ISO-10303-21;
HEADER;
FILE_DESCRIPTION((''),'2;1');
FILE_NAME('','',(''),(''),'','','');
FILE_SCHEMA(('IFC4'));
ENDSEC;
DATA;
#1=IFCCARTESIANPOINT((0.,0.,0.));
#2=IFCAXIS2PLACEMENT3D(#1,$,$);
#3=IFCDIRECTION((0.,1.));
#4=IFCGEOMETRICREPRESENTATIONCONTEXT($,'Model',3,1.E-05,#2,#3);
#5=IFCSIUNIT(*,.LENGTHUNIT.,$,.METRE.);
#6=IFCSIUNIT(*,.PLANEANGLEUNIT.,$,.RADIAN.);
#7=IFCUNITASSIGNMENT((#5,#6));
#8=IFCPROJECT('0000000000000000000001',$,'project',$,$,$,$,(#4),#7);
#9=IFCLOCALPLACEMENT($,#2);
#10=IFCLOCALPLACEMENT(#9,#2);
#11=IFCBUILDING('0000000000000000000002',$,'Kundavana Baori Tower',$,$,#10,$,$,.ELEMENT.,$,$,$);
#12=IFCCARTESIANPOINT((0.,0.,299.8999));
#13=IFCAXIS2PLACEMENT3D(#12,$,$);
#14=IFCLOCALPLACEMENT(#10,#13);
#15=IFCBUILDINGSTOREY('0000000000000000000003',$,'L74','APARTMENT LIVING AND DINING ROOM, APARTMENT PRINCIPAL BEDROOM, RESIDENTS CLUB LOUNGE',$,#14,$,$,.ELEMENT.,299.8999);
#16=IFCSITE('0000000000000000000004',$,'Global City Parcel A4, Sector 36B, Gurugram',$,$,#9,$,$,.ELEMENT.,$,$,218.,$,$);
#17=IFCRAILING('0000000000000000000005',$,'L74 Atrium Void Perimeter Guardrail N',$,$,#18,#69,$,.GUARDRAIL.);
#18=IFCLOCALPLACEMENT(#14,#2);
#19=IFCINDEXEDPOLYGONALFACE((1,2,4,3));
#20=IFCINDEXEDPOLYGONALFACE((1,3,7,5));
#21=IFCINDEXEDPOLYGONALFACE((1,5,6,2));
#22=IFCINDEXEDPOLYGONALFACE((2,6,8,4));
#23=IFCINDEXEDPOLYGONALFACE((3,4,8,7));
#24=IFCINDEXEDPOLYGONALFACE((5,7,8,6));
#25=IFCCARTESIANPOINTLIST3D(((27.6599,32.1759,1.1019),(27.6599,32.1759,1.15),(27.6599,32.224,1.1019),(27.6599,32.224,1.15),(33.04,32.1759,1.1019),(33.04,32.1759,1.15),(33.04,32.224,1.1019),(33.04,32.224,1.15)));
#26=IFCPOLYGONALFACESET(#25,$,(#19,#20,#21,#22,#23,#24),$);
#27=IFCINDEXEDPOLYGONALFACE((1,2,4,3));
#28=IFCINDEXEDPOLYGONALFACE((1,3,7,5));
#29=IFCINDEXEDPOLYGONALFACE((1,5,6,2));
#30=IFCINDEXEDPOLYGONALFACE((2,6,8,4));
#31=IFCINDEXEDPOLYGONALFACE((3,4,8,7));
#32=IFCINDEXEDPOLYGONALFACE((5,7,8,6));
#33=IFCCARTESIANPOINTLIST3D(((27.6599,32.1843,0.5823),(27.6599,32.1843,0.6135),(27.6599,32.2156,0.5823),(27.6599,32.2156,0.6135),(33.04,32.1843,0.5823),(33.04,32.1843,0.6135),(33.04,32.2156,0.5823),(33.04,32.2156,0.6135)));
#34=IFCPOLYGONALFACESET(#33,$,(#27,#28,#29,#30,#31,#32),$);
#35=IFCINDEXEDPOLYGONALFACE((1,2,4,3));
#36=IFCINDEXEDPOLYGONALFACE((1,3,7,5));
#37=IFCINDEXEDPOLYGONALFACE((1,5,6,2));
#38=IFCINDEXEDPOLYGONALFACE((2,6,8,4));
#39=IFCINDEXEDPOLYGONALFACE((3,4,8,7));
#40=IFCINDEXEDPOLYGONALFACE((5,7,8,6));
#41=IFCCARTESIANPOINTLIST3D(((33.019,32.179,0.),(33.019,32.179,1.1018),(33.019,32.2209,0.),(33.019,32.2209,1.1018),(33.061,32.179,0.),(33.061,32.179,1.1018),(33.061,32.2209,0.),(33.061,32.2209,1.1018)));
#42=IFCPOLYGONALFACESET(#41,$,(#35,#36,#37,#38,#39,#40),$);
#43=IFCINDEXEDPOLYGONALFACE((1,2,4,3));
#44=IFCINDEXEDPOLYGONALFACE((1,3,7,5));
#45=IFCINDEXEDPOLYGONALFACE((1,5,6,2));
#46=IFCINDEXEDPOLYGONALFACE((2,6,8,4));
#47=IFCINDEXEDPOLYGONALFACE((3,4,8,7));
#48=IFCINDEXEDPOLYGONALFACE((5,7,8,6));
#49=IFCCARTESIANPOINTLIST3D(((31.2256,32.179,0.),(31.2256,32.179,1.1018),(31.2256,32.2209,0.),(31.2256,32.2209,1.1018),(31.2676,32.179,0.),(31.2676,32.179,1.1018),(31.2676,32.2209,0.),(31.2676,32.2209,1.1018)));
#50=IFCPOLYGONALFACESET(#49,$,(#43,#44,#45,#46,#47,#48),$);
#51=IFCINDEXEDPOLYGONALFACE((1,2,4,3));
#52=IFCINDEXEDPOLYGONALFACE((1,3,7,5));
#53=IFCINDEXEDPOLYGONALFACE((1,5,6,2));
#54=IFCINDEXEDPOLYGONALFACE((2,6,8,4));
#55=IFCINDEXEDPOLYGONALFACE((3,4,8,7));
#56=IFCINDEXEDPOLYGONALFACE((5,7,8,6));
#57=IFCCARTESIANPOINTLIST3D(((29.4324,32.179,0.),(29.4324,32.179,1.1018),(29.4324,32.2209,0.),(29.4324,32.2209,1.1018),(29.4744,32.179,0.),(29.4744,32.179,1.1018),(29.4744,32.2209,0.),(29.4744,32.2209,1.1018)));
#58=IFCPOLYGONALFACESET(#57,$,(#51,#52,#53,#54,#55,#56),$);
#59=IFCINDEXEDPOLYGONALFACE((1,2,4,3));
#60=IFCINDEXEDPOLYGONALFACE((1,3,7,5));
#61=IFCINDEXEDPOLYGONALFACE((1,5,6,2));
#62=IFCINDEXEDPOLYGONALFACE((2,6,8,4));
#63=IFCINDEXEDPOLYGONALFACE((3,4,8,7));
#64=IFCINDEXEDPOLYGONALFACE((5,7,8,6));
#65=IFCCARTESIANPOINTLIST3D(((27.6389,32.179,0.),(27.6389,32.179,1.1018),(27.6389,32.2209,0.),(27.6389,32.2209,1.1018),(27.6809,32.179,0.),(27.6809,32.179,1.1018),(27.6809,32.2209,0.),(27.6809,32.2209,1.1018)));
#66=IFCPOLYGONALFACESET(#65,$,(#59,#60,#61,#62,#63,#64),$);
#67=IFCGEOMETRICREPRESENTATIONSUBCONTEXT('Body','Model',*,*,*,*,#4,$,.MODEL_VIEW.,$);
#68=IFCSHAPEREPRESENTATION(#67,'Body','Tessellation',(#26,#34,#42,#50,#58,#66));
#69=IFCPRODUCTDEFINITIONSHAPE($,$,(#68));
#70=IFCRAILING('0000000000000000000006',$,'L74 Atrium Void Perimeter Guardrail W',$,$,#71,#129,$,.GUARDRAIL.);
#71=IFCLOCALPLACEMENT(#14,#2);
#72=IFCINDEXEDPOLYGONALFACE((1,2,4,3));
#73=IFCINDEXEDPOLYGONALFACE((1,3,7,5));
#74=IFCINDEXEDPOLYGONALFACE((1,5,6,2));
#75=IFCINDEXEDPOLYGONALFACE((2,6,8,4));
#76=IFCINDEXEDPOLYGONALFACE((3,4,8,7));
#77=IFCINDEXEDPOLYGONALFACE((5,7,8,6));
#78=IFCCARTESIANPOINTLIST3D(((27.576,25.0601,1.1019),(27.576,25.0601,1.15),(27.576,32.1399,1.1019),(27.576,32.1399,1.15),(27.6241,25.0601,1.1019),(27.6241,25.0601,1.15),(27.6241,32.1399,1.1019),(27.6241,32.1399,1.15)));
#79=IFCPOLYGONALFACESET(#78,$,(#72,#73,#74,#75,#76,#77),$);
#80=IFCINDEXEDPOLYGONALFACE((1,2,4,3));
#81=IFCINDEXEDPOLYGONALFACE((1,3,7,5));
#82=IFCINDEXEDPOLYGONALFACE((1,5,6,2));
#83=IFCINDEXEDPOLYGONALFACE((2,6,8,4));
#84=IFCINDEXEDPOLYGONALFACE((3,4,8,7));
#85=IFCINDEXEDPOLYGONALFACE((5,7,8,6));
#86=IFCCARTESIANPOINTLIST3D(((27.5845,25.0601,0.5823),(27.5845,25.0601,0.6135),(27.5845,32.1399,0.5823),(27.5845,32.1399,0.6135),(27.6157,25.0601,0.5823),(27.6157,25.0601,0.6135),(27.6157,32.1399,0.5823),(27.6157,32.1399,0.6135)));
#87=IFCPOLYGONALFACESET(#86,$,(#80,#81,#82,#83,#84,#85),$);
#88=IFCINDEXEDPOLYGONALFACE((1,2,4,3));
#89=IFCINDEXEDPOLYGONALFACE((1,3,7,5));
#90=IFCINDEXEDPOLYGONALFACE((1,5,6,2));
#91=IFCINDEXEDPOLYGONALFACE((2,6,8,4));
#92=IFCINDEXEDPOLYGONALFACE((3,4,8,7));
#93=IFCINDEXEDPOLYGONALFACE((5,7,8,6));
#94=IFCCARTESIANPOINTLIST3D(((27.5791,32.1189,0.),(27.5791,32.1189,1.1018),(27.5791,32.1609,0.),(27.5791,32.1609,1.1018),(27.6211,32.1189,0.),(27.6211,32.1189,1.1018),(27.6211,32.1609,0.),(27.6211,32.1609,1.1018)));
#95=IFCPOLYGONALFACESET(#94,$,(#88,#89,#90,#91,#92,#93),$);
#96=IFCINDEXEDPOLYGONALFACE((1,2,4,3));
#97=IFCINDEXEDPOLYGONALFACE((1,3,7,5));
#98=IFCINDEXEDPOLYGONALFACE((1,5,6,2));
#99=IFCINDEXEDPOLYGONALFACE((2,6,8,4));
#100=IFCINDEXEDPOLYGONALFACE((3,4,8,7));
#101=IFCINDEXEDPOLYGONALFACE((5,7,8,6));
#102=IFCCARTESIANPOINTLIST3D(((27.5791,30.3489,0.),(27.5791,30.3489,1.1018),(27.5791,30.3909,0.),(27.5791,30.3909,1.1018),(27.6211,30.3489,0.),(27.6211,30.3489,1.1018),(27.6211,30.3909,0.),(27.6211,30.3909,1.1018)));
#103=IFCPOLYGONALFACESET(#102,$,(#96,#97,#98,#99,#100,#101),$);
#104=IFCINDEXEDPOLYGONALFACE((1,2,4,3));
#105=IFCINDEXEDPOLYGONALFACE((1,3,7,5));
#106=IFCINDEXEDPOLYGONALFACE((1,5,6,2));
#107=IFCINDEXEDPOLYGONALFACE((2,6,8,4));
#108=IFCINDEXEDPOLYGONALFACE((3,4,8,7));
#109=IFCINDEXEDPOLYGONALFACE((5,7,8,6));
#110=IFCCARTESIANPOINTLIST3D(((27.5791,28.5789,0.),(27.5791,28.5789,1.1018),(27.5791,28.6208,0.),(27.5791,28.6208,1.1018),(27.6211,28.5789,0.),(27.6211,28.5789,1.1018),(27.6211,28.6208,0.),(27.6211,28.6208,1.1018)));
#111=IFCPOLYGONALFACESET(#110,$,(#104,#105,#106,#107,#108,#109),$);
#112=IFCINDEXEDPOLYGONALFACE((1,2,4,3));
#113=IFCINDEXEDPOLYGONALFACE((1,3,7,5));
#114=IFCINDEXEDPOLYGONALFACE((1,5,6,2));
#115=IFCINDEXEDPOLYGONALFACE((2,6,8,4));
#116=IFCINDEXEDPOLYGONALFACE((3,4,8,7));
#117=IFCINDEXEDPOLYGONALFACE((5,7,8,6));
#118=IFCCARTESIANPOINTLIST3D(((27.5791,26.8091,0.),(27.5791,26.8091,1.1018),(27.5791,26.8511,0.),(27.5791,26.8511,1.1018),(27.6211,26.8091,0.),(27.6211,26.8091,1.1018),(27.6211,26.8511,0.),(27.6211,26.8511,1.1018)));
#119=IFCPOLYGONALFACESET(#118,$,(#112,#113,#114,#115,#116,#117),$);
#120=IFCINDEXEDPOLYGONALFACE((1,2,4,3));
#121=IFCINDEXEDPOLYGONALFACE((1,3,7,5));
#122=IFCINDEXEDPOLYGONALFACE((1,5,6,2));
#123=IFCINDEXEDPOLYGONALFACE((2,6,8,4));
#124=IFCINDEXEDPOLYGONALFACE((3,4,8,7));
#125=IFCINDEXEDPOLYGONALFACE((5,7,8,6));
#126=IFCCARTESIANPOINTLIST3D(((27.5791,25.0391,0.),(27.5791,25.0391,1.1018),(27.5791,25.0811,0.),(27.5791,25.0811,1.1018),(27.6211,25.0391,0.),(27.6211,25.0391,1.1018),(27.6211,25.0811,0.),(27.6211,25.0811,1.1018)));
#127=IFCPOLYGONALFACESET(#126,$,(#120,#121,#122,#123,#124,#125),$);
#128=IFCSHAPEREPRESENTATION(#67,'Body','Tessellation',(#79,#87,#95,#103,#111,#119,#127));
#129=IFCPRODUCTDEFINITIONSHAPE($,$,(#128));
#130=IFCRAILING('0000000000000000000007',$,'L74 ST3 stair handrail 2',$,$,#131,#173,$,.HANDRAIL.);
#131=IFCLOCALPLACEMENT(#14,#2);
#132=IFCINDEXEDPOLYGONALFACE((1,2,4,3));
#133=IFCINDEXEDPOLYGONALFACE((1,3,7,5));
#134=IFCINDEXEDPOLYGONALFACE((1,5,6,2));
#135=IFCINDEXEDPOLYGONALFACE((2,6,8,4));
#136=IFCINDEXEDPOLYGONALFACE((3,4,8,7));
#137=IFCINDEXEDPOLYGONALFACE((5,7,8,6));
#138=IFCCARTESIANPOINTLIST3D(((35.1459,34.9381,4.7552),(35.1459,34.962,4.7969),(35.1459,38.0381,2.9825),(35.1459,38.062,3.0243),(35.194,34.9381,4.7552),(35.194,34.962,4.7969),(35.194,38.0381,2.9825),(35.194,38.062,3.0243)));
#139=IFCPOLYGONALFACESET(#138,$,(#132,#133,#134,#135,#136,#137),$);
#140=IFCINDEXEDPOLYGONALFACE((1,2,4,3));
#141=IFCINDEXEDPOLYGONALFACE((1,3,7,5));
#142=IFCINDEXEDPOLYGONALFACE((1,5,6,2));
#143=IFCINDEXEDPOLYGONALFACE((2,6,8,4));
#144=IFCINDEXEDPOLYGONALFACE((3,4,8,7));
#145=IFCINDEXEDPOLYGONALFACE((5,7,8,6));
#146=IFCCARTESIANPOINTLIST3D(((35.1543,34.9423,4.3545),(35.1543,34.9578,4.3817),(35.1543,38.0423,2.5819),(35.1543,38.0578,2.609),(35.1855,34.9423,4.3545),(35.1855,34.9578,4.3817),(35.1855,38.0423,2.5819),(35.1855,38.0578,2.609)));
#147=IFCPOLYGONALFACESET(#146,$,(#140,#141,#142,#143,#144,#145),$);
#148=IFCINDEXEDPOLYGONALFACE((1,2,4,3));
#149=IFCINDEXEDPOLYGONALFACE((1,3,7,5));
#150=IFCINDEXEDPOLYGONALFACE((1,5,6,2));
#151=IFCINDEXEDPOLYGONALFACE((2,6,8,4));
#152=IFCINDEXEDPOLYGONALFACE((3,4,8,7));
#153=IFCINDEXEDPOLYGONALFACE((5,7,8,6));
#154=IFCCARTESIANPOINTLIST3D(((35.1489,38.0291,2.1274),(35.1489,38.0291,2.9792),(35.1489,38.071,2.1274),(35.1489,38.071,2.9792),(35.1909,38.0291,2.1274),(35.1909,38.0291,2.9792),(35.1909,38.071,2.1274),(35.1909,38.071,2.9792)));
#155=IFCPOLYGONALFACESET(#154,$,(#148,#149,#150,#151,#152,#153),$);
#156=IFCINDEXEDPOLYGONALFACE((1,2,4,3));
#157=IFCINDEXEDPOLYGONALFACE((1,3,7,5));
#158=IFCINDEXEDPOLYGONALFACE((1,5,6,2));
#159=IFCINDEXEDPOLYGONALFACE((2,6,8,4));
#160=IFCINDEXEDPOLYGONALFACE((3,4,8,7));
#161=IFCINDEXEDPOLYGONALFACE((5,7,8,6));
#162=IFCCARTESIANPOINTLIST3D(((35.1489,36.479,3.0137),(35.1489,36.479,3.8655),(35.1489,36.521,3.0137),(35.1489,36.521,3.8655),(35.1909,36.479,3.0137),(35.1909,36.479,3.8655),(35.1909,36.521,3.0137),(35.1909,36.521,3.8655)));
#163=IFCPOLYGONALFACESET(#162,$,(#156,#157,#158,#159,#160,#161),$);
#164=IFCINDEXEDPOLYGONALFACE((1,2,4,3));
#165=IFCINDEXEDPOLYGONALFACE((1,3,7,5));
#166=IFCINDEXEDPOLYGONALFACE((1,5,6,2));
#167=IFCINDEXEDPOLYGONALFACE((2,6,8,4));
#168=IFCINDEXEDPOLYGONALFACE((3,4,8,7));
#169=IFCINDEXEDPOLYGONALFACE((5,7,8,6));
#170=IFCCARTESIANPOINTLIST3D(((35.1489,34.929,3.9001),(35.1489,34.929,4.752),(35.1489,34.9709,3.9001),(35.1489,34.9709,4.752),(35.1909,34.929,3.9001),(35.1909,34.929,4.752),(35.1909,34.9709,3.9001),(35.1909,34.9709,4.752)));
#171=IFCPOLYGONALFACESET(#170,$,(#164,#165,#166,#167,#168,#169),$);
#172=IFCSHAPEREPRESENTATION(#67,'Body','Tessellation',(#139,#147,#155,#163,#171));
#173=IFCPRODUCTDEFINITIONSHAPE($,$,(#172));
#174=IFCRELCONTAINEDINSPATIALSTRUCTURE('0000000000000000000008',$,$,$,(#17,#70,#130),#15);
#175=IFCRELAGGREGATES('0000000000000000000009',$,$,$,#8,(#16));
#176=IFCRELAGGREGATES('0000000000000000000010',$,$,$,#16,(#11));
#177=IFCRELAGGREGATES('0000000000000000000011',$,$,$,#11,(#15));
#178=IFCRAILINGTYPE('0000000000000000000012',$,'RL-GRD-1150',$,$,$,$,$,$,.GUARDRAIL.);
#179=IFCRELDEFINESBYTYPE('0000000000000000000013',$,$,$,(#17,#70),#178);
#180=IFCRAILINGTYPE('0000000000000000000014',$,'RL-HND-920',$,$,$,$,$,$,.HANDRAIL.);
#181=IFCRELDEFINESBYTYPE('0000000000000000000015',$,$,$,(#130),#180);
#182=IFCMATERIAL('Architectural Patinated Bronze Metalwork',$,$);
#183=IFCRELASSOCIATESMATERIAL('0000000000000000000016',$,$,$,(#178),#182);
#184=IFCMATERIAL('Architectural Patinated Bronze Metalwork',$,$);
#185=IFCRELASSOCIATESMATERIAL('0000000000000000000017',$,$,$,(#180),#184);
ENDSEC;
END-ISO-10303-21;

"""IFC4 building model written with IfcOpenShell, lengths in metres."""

from ifc_helpers import new_model, si_unit, direction, frame, origin, origin_2d, place, context, subcontext, project, spatial, rectangle, extrude, material, type_object, element, save


model = new_model("IFC4")

# Units and contexts
model_context = context("Model", 3, precision=1e-05, world=origin(), true_north=direction((0.0, 1.0)))
body_context = subcontext(model_context, "Body", "Model", "MODEL_VIEW")
ifc_project = project(units=[si_unit("LENGTHUNIT", "METRE"), si_unit("PLANEANGLEUNIT", "RADIAN")], contexts=[model_context])

# Site, building, storey
site_placement = place(None, origin())
site = spatial("IfcSite", under=ifc_project, at=site_placement, Name="Global City Parcel A4, Sector 36B, Gurugram", CompositionType="ELEMENT", RefElevation=218.0)
building_placement = place(site_placement, origin())
building = spatial("IfcBuilding", under=site, at=building_placement, Name="Kundavana Baori Tower", CompositionType="ELEMENT")
storey_placement = place(building_placement, frame((0.0, 0.0, 299.8999)))
storey = spatial("IfcBuildingStorey", under=building, at=storey_placement, Name="L74", Description="APARTMENT LIVING AND DINING ROOM, APARTMENT PRINCIPAL BEDROOM, RESIDENTS CLUB LOUNGE", CompositionType="ELEMENT", Elevation=299.8999)

# Railings
ifc_material_1 = material(Name="Architectural Patinated Bronze Metalwork")
railing_type_1 = type_object("IfcRailingType", Name="RL-GRD-1150", PredefinedType="GUARDRAIL", material=ifc_material_1)
railing_1_placement = place(storey_placement, frame((33.04, 32.2, 0.0)))
element("IfcRailing", 1, at=railing_1_placement, inside=storey, type_object=railing_type_1, Name="L74 Atrium Void Perimeter Guardrail N", PredefinedType="GUARDRAIL", context=body_context, shape_type="SweptSolid", body=[
    extrude(rectangle(XDim=0.0481, YDim=0.0481, at=origin_2d()), frame((0.0, 0.0, 1.126), z_axis=(-1.0, 0.0, 0.0), x_axis=(0.0, -1.0, 0.0)), (0.0, 0.0, 1.0), 5.3801),
    extrude(rectangle(XDim=0.0312, YDim=0.0312, at=origin_2d()), frame((0.0, 0.0, 0.5979), z_axis=(-1.0, 0.0, 0.0), x_axis=(0.0, -1.0, 0.0)), (0.0, 0.0, 1.0), 5.3801),
    extrude(rectangle(XDim=0.042, YDim=0.042, at=origin_2d()), origin(), (0.0, 0.0, 1.0), 1.1018),
    extrude(rectangle(XDim=0.042, YDim=0.042, at=origin_2d()), frame((-1.7935, 0.0, 0.0)), (0.0, 0.0, 1.0), 1.1018),
    extrude(rectangle(XDim=0.042, YDim=0.042, at=origin_2d()), frame((-3.5867, 0.0, 0.0)), (0.0, 0.0, 1.0), 1.1018),
    extrude(rectangle(XDim=0.042, YDim=0.042, at=origin_2d()), frame((-5.3801, 0.0, 0.0)), (0.0, 0.0, 1.0), 1.1018),
])
railing_2_placement = place(storey_placement, frame((27.6001, 32.1399, 0.0)))
element("IfcRailing", 2, at=railing_2_placement, inside=storey, type_object=railing_type_1, Name="L74 Atrium Void Perimeter Guardrail W", PredefinedType="GUARDRAIL", context=body_context, shape_type="SweptSolid", body=[
    extrude(rectangle(XDim=0.0481, YDim=0.0481, at=origin_2d()), frame((0.0, 0.0, 1.126), z_axis=(0.0, -1.0, 0.0), x_axis=(1.0, 0.0, 0.0)), (0.0, 0.0, 1.0), 7.0798),
    extrude(rectangle(XDim=0.0312, YDim=0.0312, at=origin_2d()), frame((0.0, 0.0, 0.5979), z_axis=(0.0, -1.0, 0.0), x_axis=(1.0, 0.0, 0.0)), (0.0, 0.0, 1.0), 7.0798),
    extrude(rectangle(XDim=0.042, YDim=0.042, at=origin_2d()), origin(), (0.0, 0.0, 1.0), 1.1018),
    extrude(rectangle(XDim=0.042, YDim=0.042, at=origin_2d()), frame((0.0, -1.77, 0.0)), (0.0, 0.0, 1.0), 1.1018),
    extrude(rectangle(XDim=0.042, YDim=0.042, at=origin_2d()), frame((0.0, -3.54, 0.0)), (0.0, 0.0, 1.0), 1.1018),
    extrude(rectangle(XDim=0.042, YDim=0.042, at=origin_2d()), frame((0.0, -5.3098, 0.0)), (0.0, 0.0, 1.0), 1.1018),
    extrude(rectangle(XDim=0.042, YDim=0.042, at=origin_2d()), frame((0.0, -7.0798, 0.0)), (0.0, 0.0, 1.0), 1.1018),
])
ifc_material_2 = material(Name="Architectural Patinated Bronze Metalwork")
railing_type_2 = type_object("IfcRailingType", Name="RL-HND-920", PredefinedType="HANDRAIL", material=ifc_material_2)
railing_3_placement = place(storey_placement, frame((35.1699, 38.05, 2.1274)))
element("IfcRailing", 3, at=railing_3_placement, inside=storey, type_object=railing_type_2, Name="L74 ST3 stair handrail 2", PredefinedType="HANDRAIL", context=body_context, shape_type="SweptSolid", body=[
    extrude(rectangle(XDim=0.0481, YDim=0.0481, at=origin_2d()), frame((0.0, 0.0, 0.876), z_axis=(0.0, -0.868096, 0.496397), x_axis=(1.0, 0.0, 0.0)), (0.0, 0.0, 1.0), 3.571),
    extrude(rectangle(XDim=0.0312, YDim=0.0312, at=origin_2d()), frame((0.0, 0.0, 0.468), z_axis=(0.0, -0.868096, 0.496397), x_axis=(1.0, 0.0, 0.0)), (0.0, 0.0, 1.0), 3.571),
    extrude(rectangle(XDim=0.042, YDim=0.042, at=origin_2d()), origin(), (0.0, 0.0, 1.0), 0.8518),
    extrude(rectangle(XDim=0.042, YDim=0.042, at=origin_2d()), frame((0.0, -1.55, 0.8862)), (0.0, 0.0, 1.0), 0.8518),
    extrude(rectangle(XDim=0.042, YDim=0.042, at=origin_2d()), frame((0.0, -3.1001, 1.7727)), (0.0, 0.0, 1.0), 0.8518),
])

save(model, "model.ifc")
